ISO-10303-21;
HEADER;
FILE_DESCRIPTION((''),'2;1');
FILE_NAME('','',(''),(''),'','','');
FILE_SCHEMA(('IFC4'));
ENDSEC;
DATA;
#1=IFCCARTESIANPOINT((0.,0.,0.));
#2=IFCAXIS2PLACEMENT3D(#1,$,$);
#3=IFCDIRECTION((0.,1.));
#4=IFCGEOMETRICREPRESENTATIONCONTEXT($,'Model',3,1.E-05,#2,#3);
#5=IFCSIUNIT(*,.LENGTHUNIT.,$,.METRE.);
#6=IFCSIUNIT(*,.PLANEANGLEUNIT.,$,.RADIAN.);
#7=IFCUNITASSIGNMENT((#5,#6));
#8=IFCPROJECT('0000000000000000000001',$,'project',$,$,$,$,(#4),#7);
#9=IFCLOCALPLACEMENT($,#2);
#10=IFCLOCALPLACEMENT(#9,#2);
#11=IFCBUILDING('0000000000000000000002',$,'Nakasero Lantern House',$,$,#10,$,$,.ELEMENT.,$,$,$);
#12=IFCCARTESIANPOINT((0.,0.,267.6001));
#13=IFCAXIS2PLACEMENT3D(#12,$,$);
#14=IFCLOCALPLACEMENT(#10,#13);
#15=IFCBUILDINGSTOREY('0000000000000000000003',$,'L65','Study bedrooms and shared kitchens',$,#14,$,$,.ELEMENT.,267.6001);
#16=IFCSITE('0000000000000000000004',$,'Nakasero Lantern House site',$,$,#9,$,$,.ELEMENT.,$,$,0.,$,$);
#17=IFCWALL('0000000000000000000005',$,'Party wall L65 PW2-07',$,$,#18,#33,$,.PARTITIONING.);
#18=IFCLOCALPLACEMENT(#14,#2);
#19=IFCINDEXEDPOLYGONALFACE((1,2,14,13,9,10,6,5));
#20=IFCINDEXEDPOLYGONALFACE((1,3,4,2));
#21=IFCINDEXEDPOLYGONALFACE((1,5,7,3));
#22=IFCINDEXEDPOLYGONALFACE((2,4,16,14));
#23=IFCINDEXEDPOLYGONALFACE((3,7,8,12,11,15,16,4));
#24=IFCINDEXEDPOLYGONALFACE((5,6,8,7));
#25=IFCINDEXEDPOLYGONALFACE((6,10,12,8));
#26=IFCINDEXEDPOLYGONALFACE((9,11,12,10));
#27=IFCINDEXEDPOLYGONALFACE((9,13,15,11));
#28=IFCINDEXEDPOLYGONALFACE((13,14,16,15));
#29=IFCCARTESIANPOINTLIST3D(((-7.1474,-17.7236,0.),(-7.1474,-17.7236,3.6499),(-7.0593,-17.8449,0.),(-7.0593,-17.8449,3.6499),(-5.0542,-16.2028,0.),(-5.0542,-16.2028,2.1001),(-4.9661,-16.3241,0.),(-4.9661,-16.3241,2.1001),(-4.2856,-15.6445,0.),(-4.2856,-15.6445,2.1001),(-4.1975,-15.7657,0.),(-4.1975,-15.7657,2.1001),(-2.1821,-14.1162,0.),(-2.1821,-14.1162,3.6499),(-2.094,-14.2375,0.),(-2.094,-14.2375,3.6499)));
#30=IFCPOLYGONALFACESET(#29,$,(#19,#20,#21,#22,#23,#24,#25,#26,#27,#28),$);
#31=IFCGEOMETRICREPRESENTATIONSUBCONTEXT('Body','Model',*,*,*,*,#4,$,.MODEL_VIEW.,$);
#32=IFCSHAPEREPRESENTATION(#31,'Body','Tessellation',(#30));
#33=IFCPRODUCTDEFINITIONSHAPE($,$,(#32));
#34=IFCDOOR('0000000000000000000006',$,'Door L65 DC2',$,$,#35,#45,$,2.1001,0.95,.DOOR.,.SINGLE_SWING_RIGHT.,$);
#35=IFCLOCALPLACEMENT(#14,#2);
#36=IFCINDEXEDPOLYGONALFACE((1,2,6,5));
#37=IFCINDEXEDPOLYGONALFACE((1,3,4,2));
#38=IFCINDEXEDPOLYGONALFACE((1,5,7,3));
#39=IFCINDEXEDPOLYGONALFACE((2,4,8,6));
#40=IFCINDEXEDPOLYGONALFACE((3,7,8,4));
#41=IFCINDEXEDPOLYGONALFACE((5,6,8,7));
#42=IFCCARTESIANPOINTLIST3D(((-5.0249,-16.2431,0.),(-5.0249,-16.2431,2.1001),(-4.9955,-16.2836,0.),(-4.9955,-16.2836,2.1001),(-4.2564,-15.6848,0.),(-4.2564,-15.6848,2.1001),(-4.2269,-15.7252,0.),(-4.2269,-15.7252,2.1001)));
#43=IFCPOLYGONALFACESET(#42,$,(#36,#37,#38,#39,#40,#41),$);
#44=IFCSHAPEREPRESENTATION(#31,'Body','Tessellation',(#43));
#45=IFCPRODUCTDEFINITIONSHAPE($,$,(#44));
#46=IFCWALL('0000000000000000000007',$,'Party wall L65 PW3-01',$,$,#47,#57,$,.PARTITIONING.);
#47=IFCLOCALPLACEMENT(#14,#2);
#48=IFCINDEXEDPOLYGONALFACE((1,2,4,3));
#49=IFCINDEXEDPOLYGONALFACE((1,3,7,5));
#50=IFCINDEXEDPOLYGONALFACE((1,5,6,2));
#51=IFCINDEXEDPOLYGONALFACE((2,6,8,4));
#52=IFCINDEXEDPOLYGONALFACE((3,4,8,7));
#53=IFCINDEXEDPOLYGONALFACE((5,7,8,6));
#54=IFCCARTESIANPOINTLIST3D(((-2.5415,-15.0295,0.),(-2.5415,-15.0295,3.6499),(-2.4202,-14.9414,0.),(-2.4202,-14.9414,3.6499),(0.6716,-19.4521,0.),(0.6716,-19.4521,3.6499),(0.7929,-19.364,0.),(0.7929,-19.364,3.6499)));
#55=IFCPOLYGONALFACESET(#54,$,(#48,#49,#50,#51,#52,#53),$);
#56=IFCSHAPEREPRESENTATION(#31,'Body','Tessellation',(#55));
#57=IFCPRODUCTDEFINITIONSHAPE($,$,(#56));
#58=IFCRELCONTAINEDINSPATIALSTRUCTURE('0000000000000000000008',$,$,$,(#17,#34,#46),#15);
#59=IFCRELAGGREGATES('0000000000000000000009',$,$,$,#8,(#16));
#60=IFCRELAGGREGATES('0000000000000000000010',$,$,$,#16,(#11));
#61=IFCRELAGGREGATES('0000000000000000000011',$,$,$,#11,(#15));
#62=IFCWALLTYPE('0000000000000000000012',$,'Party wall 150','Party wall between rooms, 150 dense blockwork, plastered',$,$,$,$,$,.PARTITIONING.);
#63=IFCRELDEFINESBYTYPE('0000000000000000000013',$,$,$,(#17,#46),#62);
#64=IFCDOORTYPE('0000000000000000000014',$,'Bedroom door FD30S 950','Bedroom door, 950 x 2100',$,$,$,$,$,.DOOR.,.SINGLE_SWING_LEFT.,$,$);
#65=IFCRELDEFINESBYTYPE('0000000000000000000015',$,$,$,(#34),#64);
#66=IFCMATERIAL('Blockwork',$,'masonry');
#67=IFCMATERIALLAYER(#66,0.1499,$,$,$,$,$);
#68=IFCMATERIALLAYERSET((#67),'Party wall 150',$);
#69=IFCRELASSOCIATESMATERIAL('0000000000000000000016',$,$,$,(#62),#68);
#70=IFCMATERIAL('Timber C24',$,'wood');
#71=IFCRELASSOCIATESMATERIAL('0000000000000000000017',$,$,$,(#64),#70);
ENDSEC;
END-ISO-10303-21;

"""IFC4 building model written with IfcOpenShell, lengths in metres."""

from ifc_helpers import new_model, si_unit, direction, frame, frame_2d, origin, place, context, subcontext, project, spatial, rectangle, extrude, material, layer, layer_set, type_object, element, fill, save


model = new_model("IFC4")

# Units and contexts
model_context = context("Model", 3, precision=1e-05, world=origin(), true_north=direction((0.0, 1.0)))
body_context = subcontext(model_context, "Body", "Model", "MODEL_VIEW")
ifc_project = project(units=[si_unit("LENGTHUNIT", "METRE"), si_unit("PLANEANGLEUNIT", "RADIAN")], contexts=[model_context])

# Site, building, storey
site_placement = place(None, origin())
site = spatial("IfcSite", under=ifc_project, at=site_placement, Name="Nakasero Lantern House site", CompositionType="ELEMENT", RefElevation=0.0)
building_placement = place(site_placement, origin())
building = spatial("IfcBuilding", under=site, at=building_placement, Name="Nakasero Lantern House", CompositionType="ELEMENT")
storey_placement = place(building_placement, frame((0.0, 0.0, 267.6001)))
storey = spatial("IfcBuildingStorey", under=building, at=storey_placement, Name="L65", Description="Study bedrooms and shared kitchens", CompositionType="ELEMENT", Elevation=267.6001)

# Wall, opening, door
ifc_material_1 = material(Name="Blockwork", Category="masonry")
ifc_layer_1 = layer(ifc_material_1, 0.1499)
ifc_layer_set_1 = layer_set([ifc_layer_1], Name="Party wall 150")
wall_type_1 = type_object("IfcWallType", Name="Party wall 150", Description="Party wall between rooms, 150 dense blockwork, plastered", PredefinedType="PARTITIONING", material=ifc_layer_set_1)
wall_1_placement = place(storey_placement, frame((-2.1379, -14.1768, 0.0), z_axis=(0.0, 0.0, 1.0), x_axis=(-0.809025, -0.587774, 0.0)))
wall_1 = element("IfcWall", 1, at=wall_1_placement, inside=storey, type_object=wall_type_1, Name="Party wall L65 PW2-07", PredefinedType="PARTITIONING", context=body_context, shape_type="SweptSolid", body=[
    extrude(rectangle(XDim=6.1375, YDim=0.1499, at=frame_2d((3.0688, 0.0))), origin(), (0.0, 0.0, 1.0), 3.6499),
])
opening_1_placement = place(wall_1_placement, frame((2.6001, 0.0, 0.0)))
opening_1 = element("IfcOpeningElement", 2, at=opening_1_placement, cuts=wall_1, PredefinedType="OPENING", context=body_context, shape_type="SweptSolid", body=[
    extrude(rectangle(XDim=0.95, YDim=2.1001, at=frame_2d((0.4751, 1.05))), frame((0.0, 0.095, 0.0), z_axis=(0.0, -1.0, 0.0), x_axis=(1.0, 0.0, 0.0)), (0.0, 0.0, 1.0), 0.1899),
])
ifc_material_2 = material(Name="Timber C24", Category="wood")
door_type_1 = type_object("IfcDoorType", Name="Bedroom door FD30S 950", Description="Bedroom door, 950 x 2100", OperationType="SINGLE_SWING_LEFT", PredefinedType="DOOR", material=ifc_material_2)
door_1_placement = place(opening_1_placement, origin())
door_1 = element("IfcDoor", 3, at=door_1_placement, inside=storey, type_object=door_type_1, Name="Door L65 DC2", OperationType="SINGLE_SWING_RIGHT", OverallHeight=2.1001, OverallWidth=0.95, PredefinedType="DOOR", context=body_context, shape_type="SweptSolid", body=[
    extrude(rectangle(XDim=0.95, YDim=2.1001, at=frame_2d((0.4751, 1.05))), frame((0.0, 0.0249, 0.0), z_axis=(0.0, -1.0, 0.0), x_axis=(1.0, 0.0, 0.0)), (0.0, 0.0, 1.0), 0.05),
])
fill(opening_1, door_1)

# Wall
wall_2_placement = place(storey_placement, frame((-2.481, -14.9854, 0.0), z_axis=(0.0, 0.0, 1.0), x_axis=(0.587776, -0.809024, 0.0)))
element("IfcWall", 4, at=wall_2_placement, inside=storey, type_object=wall_type_1, Name="Party wall L65 PW3-01", PredefinedType="PARTITIONING", context=body_context, shape_type="SweptSolid", body=[
    extrude(rectangle(XDim=5.4666, YDim=0.1499, at=frame_2d((2.7334, 0.0))), origin(), (0.0, 0.0, 1.0), 3.6499),
])

save(model, "model.ifc")
